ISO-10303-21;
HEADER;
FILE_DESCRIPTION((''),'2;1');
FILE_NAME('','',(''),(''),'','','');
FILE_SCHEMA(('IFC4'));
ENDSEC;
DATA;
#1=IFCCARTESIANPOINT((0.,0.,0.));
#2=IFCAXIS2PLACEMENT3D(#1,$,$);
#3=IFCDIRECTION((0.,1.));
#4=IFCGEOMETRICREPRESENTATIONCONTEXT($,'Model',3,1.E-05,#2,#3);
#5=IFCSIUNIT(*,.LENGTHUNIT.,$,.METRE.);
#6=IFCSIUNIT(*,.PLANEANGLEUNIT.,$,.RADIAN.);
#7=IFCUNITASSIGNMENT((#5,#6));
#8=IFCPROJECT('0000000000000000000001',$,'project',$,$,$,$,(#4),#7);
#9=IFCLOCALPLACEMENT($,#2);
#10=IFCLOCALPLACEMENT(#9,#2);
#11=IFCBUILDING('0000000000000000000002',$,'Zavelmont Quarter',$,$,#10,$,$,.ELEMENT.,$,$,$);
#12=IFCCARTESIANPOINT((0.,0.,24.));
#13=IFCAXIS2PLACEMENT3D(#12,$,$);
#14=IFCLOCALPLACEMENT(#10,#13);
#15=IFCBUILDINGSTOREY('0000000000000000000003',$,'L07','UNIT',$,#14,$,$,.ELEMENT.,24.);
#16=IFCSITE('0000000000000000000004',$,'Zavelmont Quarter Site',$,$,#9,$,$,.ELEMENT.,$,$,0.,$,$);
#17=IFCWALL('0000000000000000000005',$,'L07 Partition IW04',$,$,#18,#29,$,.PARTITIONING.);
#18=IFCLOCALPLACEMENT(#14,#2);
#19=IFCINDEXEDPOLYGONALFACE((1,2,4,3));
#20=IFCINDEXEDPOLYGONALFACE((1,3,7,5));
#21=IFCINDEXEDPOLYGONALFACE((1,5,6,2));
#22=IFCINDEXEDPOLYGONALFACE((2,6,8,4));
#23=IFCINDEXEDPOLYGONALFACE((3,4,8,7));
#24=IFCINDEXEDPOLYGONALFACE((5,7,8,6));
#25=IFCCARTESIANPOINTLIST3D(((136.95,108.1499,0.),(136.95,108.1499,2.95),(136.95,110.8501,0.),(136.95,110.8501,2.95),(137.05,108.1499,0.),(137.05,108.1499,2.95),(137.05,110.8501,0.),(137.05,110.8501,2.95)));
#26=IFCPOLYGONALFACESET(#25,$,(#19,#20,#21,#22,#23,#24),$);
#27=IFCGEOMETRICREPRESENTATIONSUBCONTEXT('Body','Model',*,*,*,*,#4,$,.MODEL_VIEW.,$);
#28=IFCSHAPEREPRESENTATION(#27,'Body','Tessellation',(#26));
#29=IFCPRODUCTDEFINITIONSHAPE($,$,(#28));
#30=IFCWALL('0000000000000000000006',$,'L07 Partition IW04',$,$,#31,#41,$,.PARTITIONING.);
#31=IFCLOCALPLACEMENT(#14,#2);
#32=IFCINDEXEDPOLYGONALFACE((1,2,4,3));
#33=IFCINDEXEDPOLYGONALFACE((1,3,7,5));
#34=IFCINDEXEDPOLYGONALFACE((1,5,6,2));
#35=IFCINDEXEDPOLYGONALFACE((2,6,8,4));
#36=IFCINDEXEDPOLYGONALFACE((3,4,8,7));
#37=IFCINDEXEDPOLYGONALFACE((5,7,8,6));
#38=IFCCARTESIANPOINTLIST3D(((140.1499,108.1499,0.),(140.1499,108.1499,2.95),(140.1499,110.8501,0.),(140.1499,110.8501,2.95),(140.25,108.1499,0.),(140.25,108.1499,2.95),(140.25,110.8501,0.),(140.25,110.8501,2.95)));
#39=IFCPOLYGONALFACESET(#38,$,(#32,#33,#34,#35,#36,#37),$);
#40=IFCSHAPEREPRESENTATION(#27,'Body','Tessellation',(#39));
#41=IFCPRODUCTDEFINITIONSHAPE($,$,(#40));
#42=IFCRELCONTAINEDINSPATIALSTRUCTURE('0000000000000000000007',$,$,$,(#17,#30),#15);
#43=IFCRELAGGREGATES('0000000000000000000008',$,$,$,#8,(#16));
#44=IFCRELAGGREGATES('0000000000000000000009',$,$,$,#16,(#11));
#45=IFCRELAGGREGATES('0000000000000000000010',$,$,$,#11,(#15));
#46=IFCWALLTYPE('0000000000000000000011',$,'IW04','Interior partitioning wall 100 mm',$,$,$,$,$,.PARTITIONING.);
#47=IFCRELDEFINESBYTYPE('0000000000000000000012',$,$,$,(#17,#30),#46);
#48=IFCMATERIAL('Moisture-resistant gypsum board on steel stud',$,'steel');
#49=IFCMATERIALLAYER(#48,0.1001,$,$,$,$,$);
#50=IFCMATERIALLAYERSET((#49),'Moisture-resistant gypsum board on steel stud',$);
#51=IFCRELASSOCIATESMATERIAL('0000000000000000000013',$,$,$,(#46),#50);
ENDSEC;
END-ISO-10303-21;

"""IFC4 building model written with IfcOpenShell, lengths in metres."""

from ifc_helpers import new_model, si_unit, direction, frame, frame_2d, origin, place, context, subcontext, project, spatial, rectangle, extrude, material, layer, layer_set, type_object, element, save


model = new_model("IFC4")

# Units and contexts
model_context = context("Model", 3, precision=1e-05, world=origin(), true_north=direction((0.0, 1.0)))
body_context = subcontext(model_context, "Body", "Model", "MODEL_VIEW")
ifc_project = project(units=[si_unit("LENGTHUNIT", "METRE"), si_unit("PLANEANGLEUNIT", "RADIAN")], contexts=[model_context])

# Site, building, storey
site_placement = place(None, origin())
site = spatial("IfcSite", under=ifc_project, at=site_placement, Name="Zavelmont Quarter Site", CompositionType="ELEMENT", RefElevation=0.0)
building_placement = place(site_placement, origin())
building = spatial("IfcBuilding", under=site, at=building_placement, Name="Zavelmont Quarter", CompositionType="ELEMENT")
storey_placement = place(building_placement, frame((0.0, 0.0, 24.0)))
storey = spatial("IfcBuildingStorey", under=building, at=storey_placement, Name="L07", Description="UNIT", CompositionType="ELEMENT", Elevation=24.0)

# Walls
ifc_material_1 = material(Name="Moisture-resistant gypsum board on steel stud", Category="steel")
ifc_layer_1 = layer(ifc_material_1, 0.1001)
ifc_layer_set_1 = layer_set([ifc_layer_1], Name="Moisture-resistant gypsum board on steel stud")
wall_type_1 = type_object("IfcWallType", Name="IW04", Description="Interior partitioning wall 100 mm", PredefinedType="PARTITIONING", material=ifc_layer_set_1)
for number, where, z_axis, x_axis, name in (
    (1, (137.0, 108.1499, 0.0), (0.0, 0.0, 1.0), (0.0, 1.0, 0.0), "L07 Partition IW04"),
    (2, (140.2, 108.1499, 0.0), (0.0, 0.0, 1.0), (0.0, 1.0, 0.0), "L07 Partition IW04"),
):
    element("IfcWall", number, at=place(storey_placement, frame(where, z_axis=z_axis, x_axis=x_axis)), inside=storey, type_object=wall_type_1, Name=name, PredefinedType="PARTITIONING", context=body_context, shape_type="SweptSolid", body=[
        extrude(rectangle(XDim=2.7002, YDim=0.1001, at=frame_2d((1.3501, 0.0))), origin(), (0.0, 0.0, 1.0), 2.95),
    ])

save(model, "model.ifc")
